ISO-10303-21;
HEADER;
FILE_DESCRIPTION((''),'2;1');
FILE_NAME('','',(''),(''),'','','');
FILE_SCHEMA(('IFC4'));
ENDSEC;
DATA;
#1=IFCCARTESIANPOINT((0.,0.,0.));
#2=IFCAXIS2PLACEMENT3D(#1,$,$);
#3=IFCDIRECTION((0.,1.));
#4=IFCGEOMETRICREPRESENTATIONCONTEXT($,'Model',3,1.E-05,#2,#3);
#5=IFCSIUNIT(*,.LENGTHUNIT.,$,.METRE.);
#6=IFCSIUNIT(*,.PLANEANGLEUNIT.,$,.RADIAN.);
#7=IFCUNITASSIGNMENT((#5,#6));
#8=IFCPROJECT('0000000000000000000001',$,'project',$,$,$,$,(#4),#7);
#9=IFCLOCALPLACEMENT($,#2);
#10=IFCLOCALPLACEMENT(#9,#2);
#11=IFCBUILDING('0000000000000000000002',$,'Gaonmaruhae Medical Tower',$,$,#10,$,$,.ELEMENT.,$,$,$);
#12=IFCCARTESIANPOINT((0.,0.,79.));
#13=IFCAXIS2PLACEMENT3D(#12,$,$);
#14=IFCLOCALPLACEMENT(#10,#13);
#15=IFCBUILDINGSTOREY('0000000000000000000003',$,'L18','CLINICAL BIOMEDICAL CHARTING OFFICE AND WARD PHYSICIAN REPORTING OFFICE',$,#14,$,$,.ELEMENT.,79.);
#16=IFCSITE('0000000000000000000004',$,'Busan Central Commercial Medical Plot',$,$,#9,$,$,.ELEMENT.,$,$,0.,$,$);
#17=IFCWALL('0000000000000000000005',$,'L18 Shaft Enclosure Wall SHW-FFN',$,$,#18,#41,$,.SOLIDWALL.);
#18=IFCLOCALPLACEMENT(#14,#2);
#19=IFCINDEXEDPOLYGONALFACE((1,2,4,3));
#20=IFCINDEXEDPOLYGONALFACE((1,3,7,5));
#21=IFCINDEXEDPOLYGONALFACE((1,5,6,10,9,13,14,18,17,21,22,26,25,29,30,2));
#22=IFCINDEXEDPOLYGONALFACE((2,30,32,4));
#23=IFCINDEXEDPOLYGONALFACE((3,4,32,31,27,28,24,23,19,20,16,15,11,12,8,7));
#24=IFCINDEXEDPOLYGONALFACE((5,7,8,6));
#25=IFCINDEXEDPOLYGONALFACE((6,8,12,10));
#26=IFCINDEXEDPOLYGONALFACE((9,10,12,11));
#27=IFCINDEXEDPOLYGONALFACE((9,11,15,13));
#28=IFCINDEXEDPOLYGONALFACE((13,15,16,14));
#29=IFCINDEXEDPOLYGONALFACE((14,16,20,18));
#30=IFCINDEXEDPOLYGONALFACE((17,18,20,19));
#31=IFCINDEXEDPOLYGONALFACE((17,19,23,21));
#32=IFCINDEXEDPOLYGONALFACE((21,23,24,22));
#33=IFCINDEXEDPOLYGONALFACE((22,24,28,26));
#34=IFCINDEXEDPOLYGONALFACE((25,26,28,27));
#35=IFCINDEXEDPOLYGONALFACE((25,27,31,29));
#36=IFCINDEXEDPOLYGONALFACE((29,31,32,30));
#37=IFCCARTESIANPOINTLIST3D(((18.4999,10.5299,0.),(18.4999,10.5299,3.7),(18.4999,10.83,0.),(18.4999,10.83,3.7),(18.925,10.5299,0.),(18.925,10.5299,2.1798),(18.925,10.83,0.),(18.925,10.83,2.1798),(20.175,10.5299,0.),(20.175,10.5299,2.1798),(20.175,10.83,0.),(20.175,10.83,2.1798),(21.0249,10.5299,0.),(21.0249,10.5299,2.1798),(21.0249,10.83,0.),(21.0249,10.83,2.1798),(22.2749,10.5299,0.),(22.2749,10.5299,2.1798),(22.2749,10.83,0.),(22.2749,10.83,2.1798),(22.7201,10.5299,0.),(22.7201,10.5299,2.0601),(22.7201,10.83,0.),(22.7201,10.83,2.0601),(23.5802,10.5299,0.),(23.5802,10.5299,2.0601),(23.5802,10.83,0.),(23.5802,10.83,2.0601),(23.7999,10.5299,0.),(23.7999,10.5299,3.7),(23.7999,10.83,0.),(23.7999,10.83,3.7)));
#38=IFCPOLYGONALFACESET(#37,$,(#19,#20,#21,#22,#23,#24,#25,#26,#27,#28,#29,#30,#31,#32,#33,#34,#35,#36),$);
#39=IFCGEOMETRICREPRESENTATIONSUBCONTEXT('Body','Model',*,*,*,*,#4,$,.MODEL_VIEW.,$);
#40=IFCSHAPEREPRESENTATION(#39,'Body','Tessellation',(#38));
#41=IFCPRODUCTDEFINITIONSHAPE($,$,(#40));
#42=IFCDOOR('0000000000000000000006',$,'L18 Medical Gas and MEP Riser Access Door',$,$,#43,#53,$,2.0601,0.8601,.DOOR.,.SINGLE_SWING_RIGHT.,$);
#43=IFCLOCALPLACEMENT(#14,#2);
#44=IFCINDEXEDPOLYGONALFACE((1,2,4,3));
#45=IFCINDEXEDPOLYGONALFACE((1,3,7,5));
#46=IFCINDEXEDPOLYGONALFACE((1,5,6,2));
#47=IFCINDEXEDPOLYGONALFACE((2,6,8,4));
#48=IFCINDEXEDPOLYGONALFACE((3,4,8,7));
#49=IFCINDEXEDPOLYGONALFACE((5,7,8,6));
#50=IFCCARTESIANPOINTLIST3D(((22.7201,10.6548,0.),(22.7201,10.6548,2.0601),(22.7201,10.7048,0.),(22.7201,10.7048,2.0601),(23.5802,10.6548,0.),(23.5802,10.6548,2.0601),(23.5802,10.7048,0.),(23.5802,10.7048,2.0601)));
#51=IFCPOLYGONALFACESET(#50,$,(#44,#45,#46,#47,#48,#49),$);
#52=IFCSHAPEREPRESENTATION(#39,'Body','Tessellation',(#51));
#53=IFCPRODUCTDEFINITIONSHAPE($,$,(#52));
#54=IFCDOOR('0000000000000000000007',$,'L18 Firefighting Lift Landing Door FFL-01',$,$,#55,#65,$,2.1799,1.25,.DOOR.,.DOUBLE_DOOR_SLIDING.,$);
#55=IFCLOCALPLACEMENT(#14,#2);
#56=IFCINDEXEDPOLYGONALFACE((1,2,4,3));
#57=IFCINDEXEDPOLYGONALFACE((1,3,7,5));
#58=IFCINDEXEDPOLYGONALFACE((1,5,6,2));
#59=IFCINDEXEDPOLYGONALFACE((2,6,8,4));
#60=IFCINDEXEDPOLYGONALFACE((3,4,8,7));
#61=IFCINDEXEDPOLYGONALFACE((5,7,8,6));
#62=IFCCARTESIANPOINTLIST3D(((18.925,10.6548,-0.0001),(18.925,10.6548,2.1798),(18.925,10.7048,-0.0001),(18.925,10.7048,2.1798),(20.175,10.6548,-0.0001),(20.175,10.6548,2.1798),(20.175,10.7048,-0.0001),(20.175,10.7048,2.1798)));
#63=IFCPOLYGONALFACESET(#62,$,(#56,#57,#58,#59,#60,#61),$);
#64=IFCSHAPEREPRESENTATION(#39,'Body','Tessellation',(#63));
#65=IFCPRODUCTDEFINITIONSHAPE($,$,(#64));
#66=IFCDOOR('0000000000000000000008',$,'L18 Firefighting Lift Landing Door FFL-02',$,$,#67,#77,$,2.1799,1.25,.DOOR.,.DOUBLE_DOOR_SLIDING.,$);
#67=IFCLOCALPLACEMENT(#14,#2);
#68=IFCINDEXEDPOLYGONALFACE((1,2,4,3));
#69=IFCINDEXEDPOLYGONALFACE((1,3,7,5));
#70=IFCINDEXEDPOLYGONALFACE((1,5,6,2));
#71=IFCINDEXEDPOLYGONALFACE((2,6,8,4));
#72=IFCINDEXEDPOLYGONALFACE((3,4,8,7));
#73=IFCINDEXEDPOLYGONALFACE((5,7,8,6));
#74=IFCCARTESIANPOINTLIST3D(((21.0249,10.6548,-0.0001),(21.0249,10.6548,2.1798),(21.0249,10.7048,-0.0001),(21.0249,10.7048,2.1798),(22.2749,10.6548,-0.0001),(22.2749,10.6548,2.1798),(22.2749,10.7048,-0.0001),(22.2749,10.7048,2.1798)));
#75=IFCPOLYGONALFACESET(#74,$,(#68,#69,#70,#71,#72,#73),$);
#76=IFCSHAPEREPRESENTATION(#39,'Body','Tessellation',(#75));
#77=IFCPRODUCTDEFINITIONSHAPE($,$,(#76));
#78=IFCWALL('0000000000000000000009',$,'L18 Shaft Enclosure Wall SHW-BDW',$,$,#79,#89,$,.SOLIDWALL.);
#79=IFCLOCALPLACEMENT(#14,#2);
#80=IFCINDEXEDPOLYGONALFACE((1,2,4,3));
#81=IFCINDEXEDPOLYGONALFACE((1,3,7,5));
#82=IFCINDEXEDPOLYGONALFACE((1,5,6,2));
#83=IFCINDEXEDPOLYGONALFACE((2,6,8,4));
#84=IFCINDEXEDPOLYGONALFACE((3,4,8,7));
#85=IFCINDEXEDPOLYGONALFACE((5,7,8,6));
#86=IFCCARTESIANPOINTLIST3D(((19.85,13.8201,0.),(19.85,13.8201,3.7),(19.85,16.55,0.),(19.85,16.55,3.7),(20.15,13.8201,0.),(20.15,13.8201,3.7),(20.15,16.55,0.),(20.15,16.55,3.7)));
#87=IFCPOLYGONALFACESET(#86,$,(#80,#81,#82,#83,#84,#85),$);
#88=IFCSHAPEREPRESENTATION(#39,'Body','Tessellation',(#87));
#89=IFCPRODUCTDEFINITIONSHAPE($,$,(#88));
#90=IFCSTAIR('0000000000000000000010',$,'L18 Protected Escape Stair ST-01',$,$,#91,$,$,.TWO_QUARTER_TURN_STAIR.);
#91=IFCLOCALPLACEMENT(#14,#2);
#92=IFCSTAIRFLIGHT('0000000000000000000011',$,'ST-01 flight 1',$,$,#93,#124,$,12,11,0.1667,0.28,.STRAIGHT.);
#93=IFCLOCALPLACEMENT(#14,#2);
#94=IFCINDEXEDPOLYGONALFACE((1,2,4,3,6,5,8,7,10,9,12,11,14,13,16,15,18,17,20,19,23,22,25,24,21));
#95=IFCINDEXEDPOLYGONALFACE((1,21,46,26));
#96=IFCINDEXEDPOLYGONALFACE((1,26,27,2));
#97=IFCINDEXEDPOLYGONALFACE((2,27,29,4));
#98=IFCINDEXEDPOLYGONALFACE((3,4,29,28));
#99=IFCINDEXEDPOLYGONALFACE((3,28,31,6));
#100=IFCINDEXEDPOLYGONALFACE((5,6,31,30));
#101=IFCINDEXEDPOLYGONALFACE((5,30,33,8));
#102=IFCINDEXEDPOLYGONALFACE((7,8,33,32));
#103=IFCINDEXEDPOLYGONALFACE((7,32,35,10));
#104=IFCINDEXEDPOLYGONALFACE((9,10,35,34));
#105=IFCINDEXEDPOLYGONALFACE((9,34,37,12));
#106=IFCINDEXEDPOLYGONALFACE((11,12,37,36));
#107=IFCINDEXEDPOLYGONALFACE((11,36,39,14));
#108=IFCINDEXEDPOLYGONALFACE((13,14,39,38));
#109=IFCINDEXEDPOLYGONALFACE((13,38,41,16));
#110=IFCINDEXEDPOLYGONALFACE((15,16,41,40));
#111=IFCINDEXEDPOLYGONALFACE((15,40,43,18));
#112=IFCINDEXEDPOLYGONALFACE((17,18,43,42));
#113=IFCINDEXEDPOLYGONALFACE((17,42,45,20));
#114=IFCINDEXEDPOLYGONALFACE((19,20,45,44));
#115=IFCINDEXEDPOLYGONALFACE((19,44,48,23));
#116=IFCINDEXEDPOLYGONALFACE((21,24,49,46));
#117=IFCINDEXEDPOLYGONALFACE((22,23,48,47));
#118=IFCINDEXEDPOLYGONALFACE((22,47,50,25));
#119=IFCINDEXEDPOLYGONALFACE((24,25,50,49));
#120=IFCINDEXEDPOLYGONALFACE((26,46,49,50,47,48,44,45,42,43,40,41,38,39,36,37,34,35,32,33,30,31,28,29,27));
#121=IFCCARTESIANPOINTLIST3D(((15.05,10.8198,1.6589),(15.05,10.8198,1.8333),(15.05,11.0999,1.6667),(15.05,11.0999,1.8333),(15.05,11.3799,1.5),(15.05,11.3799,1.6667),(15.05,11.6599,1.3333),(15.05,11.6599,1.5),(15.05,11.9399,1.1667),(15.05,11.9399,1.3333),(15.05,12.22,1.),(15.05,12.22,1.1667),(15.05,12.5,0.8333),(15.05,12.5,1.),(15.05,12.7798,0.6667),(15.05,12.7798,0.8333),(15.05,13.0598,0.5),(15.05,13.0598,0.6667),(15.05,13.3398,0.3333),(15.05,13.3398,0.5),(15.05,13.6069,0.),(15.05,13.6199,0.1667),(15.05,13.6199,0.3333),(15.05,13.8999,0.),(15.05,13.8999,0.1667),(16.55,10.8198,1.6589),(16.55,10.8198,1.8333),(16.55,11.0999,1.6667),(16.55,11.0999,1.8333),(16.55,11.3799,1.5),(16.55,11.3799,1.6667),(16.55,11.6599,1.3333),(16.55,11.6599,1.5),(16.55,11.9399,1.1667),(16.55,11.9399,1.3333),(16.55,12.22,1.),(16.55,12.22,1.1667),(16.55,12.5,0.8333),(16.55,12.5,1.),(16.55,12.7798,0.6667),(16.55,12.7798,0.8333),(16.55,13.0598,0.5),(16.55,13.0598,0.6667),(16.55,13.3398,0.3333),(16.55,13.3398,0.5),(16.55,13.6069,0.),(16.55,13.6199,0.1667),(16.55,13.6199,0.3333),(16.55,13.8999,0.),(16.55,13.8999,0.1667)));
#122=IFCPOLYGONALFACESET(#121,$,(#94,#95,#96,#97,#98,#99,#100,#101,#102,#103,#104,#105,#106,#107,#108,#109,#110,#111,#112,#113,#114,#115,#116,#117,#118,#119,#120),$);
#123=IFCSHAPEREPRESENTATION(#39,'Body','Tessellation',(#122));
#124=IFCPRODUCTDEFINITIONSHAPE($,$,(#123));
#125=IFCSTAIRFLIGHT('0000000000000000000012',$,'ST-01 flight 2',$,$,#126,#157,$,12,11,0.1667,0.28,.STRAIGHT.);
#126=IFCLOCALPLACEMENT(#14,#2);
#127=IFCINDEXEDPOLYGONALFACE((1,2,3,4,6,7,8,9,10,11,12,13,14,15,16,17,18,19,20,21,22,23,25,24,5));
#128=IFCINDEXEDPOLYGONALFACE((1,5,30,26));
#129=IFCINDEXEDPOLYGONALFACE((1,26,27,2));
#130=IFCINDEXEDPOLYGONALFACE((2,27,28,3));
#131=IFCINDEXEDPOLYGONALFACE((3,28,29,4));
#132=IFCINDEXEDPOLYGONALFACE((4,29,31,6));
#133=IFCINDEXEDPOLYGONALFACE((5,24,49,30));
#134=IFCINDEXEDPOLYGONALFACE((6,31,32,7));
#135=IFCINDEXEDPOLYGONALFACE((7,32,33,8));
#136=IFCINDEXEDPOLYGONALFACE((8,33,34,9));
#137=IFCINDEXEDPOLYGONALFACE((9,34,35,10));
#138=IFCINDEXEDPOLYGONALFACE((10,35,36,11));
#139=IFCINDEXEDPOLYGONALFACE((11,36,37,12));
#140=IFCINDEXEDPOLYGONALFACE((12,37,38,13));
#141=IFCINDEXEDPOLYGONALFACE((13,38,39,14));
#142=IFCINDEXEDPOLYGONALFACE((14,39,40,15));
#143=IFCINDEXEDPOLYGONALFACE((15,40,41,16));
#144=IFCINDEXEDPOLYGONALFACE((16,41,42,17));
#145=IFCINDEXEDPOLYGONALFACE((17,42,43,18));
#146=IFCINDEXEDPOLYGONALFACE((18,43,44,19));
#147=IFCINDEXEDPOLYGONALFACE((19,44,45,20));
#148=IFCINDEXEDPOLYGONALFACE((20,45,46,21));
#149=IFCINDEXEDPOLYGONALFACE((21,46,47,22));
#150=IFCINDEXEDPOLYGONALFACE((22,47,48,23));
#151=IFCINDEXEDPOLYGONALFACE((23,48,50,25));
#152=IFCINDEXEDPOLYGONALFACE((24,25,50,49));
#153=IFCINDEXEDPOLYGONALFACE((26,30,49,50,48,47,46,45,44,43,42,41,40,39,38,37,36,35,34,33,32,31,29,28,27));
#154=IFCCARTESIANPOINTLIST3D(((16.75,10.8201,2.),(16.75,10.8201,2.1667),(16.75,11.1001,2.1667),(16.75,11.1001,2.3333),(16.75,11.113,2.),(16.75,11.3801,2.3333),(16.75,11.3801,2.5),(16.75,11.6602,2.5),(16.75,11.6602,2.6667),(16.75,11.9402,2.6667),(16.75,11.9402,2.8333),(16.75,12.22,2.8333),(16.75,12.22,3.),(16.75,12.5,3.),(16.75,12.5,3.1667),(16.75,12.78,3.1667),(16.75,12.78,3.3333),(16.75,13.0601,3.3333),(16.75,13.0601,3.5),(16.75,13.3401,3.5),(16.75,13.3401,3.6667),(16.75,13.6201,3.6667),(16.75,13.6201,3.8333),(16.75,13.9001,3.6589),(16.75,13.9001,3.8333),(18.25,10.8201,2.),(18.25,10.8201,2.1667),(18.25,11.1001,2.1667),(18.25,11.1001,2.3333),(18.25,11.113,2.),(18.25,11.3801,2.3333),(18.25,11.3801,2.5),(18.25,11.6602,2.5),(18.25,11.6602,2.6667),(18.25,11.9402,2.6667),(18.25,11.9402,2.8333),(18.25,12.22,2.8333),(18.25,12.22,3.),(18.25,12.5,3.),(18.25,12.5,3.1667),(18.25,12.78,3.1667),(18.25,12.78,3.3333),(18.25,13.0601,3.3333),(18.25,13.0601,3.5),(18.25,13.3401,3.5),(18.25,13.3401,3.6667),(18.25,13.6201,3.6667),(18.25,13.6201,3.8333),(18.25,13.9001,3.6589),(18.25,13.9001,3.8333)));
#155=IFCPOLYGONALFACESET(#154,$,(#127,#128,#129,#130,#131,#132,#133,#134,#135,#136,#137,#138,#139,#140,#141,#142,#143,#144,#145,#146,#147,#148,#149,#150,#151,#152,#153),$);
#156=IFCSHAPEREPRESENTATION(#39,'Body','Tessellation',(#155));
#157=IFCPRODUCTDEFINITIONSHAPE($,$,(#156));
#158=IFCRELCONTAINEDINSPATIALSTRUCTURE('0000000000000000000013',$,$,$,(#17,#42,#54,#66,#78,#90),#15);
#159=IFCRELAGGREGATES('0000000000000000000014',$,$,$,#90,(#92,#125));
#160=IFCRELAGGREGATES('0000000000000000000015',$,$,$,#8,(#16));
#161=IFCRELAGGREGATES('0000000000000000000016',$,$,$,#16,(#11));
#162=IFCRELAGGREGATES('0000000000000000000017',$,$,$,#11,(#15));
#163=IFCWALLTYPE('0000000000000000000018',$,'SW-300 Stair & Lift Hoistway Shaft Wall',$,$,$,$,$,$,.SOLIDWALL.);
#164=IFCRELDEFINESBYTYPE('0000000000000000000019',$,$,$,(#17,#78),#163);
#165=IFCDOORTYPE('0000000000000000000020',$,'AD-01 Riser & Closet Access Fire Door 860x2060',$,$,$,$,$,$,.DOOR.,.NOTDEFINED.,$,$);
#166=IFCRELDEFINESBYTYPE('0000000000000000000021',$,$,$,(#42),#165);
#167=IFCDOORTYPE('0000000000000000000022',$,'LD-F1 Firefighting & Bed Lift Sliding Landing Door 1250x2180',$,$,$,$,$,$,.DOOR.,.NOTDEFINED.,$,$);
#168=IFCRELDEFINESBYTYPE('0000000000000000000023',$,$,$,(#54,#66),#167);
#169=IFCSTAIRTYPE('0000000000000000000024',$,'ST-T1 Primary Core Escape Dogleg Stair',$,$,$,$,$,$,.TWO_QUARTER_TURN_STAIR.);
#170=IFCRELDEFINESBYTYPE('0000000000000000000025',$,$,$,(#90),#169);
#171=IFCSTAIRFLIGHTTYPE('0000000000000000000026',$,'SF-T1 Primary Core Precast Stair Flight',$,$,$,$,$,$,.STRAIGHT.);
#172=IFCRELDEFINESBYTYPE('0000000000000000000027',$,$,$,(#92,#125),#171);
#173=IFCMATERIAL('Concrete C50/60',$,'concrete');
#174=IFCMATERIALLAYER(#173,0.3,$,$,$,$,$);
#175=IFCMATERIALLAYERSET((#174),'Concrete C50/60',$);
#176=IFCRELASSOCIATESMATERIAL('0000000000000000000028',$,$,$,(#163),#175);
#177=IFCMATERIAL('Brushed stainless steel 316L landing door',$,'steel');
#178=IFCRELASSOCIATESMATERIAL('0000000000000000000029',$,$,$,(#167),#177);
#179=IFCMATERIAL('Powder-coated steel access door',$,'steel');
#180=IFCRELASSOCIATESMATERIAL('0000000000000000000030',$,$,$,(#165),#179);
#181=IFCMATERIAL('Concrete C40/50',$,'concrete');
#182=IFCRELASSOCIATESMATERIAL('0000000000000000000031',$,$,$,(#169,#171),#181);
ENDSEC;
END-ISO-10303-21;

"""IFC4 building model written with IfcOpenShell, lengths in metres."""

from ifc_helpers import new_model, si_unit, direction, frame, frame_2d, origin, place, context, subcontext, project, spatial, polyline, rectangle, outline, extrude, material, layer, layer_set, type_object, element, fill, aggregate, save


model = new_model("IFC4")

# Units and contexts
model_context = context("Model", 3, precision=1e-05, world=origin(), true_north=direction((0.0, 1.0)))
body_context = subcontext(model_context, "Body", "Model", "MODEL_VIEW")
ifc_project = project(units=[si_unit("LENGTHUNIT", "METRE"), si_unit("PLANEANGLEUNIT", "RADIAN")], contexts=[model_context])

# Site, building, storey
site_placement = place(None, origin())
site = spatial("IfcSite", under=ifc_project, at=site_placement, Name="Busan Central Commercial Medical Plot", CompositionType="ELEMENT", RefElevation=0.0)
building_placement = place(site_placement, origin())
building = spatial("IfcBuilding", under=site, at=building_placement, Name="Gaonmaruhae Medical Tower", CompositionType="ELEMENT")
storey_placement = place(building_placement, frame((0.0, 0.0, 79.0)))
storey = spatial("IfcBuildingStorey", under=building, at=storey_placement, Name="L18", Description="CLINICAL BIOMEDICAL CHARTING OFFICE AND WARD PHYSICIAN REPORTING OFFICE", CompositionType="ELEMENT", Elevation=79.0)

# Shared definitions
ifc_material_1 = material(Name="Concrete C50/60", Category="concrete")

# Wall, openings, doors
ifc_layer_1 = layer(ifc_material_1, 0.3)
ifc_layer_set_1 = layer_set([ifc_layer_1], Name="Concrete C50/60")
wall_type_1 = type_object("IfcWallType", Name="SW-300 Stair & Lift Hoistway Shaft Wall", PredefinedType="SOLIDWALL", material=ifc_layer_set_1)
ifc_material_2 = material(Name="Brushed stainless steel 316L landing door", Category="steel")
door_type_1 = type_object("IfcDoorType", Name="LD-F1 Firefighting & Bed Lift Sliding Landing Door 1250x2180", OperationType="NOTDEFINED", PredefinedType="DOOR", material=ifc_material_2)
wall_1_placement = place(storey_placement, frame((18.5, 10.6799, 0.0), z_axis=(0.0, 0.0, 1.0), x_axis=(1.0, 0.0, 0.0)))
wall_1 = element("IfcWall", 1, at=wall_1_placement, inside=storey, type_object=wall_type_1, Name="L18 Shaft Enclosure Wall SHW-FFN", PredefinedType="SOLIDWALL", context=body_context, shape_type="SweptSolid", body=[
    extrude(rectangle(XDim=5.3, YDim=0.3, at=frame_2d((2.6499, 0.0))), origin(), (0.0, 0.0, 1.0), 3.7),
])
opening_1_placement = place(wall_1_placement, frame((4.22, 0.0, 0.0)))
opening_1 = element("IfcOpeningElement", 2, at=opening_1_placement, cuts=wall_1, PredefinedType="OPENING", context=body_context, shape_type="SweptSolid", body=[
    extrude(rectangle(XDim=0.8601, YDim=2.0601, at=frame_2d((0.4302, 1.03))), frame((0.0, 0.1602, 0.0), z_axis=(0.0, -1.0, 0.0), x_axis=(1.0, 0.0, 0.0)), (0.0, 0.0, 1.0), 0.3201),
])
opening_2_placement = place(wall_1_placement, frame((0.425, 0.0, 0.0)))
opening_2 = element("IfcOpeningElement", 3, at=opening_2_placement, cuts=wall_1, PredefinedType="OPENING", context=body_context, shape_type="SweptSolid", body=[
    extrude(rectangle(XDim=1.25, YDim=2.1799, at=frame_2d((0.625, 1.0898))), frame((0.0, 0.1602, 0.0), z_axis=(0.0, -1.0, 0.0), x_axis=(1.0, 0.0, 0.0)), (0.0, 0.0, 1.0), 0.3201),
])
opening_3_placement = place(wall_1_placement, frame((2.5249, 0.0, 0.0)))
opening_3 = element("IfcOpeningElement", 4, at=opening_3_placement, cuts=wall_1, PredefinedType="OPENING", context=body_context, shape_type="SweptSolid", body=[
    extrude(rectangle(XDim=1.25, YDim=2.1799, at=frame_2d((0.625, 1.0898))), frame((0.0, 0.1602, 0.0), z_axis=(0.0, -1.0, 0.0), x_axis=(1.0, 0.0, 0.0)), (0.0, 0.0, 1.0), 0.3201),
])
ifc_material_3 = material(Name="Powder-coated steel access door", Category="steel")
door_type_2 = type_object("IfcDoorType", Name="AD-01 Riser & Closet Access Fire Door 860x2060", OperationType="NOTDEFINED", PredefinedType="DOOR", material=ifc_material_3)
door_1_placement = place(opening_1_placement, origin())
door_1 = element("IfcDoor", 5, at=door_1_placement, inside=storey, type_object=door_type_2, Name="L18 Medical Gas and MEP Riser Access Door", OperationType="SINGLE_SWING_RIGHT", OverallHeight=2.0601, OverallWidth=0.8601, PredefinedType="DOOR", context=body_context, shape_type="SweptSolid", body=[
    extrude(rectangle(XDim=0.8601, YDim=2.0601, at=frame_2d((0.4302, 1.03))), frame((0.0, 0.0249, 0.0), z_axis=(0.0, -1.0, 0.0), x_axis=(1.0, 0.0, 0.0)), (0.0, 0.0, 1.0), 0.05),
])
fill(opening_1, door_1)
door_2_placement = place(opening_2_placement, origin())
door_2 = element("IfcDoor", 6, at=door_2_placement, inside=storey, type_object=door_type_1, Name="L18 Firefighting Lift Landing Door FFL-01", OperationType="DOUBLE_DOOR_SLIDING", OverallHeight=2.1799, OverallWidth=1.25, PredefinedType="DOOR", context=body_context, shape_type="SweptSolid", body=[
    extrude(rectangle(XDim=1.25, YDim=2.1799, at=frame_2d((0.625, 1.0898))), frame((0.0, 0.0249, 0.0), z_axis=(0.0, -1.0, 0.0), x_axis=(1.0, 0.0, 0.0)), (0.0, 0.0, 1.0), 0.05),
])
fill(opening_2, door_2)
door_3_placement = place(opening_3_placement, origin())
door_3 = element("IfcDoor", 7, at=door_3_placement, inside=storey, type_object=door_type_1, Name="L18 Firefighting Lift Landing Door FFL-02", OperationType="DOUBLE_DOOR_SLIDING", OverallHeight=2.1799, OverallWidth=1.25, PredefinedType="DOOR", context=body_context, shape_type="SweptSolid", body=[
    extrude(rectangle(XDim=1.25, YDim=2.1799, at=frame_2d((0.625, 1.0898))), frame((0.0, 0.0249, 0.0), z_axis=(0.0, -1.0, 0.0), x_axis=(1.0, 0.0, 0.0)), (0.0, 0.0, 1.0), 0.05),
])
fill(opening_3, door_3)

# Wall
wall_2_placement = place(storey_placement, frame((20.0, 13.8201, 0.0), z_axis=(0.0, 0.0, 1.0), x_axis=(0.0, 1.0, 0.0)))
element("IfcWall", 8, at=wall_2_placement, inside=storey, type_object=wall_type_1, Name="L18 Shaft Enclosure Wall SHW-BDW", PredefinedType="SOLIDWALL", context=body_context, shape_type="SweptSolid", body=[
    extrude(rectangle(XDim=2.73, YDim=0.3, at=frame_2d((1.365, 0.0))), origin(), (0.0, 0.0, 1.0), 3.7),
])

# Stair, stair flights
ifc_material_4 = material(Name="Concrete C40/50", Category="concrete")
stair_type = type_object("IfcStairType", Name="ST-T1 Primary Core Escape Dogleg Stair", PredefinedType="TWO_QUARTER_TURN_STAIR", material=ifc_material_4)
stair_placement = place(storey_placement, origin())
stair = element("IfcStair", 9, at=stair_placement, inside=storey, type_object=stair_type, Name="L18 Protected Escape Stair ST-01", PredefinedType="TWO_QUARTER_TURN_STAIR")
stair_flight_type = type_object("IfcStairFlightType", Name="SF-T1 Primary Core Precast Stair Flight", PredefinedType="STRAIGHT", material=ifc_material_4)
stair_flight_1_placement = place(storey_placement, frame((15.8, 13.8999, 0.0), z_axis=(0.0, 0.0, 1.0), x_axis=(0.0, -1.0, 0.0)))
stair_flight_1 = element("IfcStairFlight", 10, at=stair_flight_1_placement, type_object=stair_flight_type, Name="ST-01 flight 1", NumberOfRisers=12, NumberOfTreads=11, PredefinedType="STRAIGHT", RiserHeight=0.1667, TreadLength=0.28, context=body_context, shape_type="SweptSolid", body=[
    extrude(outline(polyline([(0.0, 0.0), (0.0, 0.1667), (0.28, 0.1667), (0.28, 0.3333), (0.5601, 0.3333), (0.5601, 0.5), (0.8401, 0.5), (0.8401, 0.6667), (1.1201, 0.6667), (1.1201, 0.8333), (1.3999, 0.8333), (1.3999, 1.0), (1.6799, 1.0), (1.6799, 1.1667), (1.96, 1.1667), (1.96, 1.3333), (2.24, 1.3333), (2.24, 1.5), (2.52, 1.5), (2.52, 1.6667), (2.8, 1.6667), (2.8, 1.8333), (3.0801, 1.8333), (3.0801, 2.0), (3.0801, 1.6589), (0.293, 0.0), (0.0, 0.0)])), frame((0.0, 0.75, 0.0), z_axis=(0.0, -1.0, 0.0), x_axis=(1.0, 0.0, 0.0)), (0.0, 0.0, 1.0), 1.5),
])
stair_flight_2_placement = place(storey_placement, frame((17.5, 10.8201, 2.0), z_axis=(0.0, 0.0, 1.0), x_axis=(0.0, 1.0, 0.0)))
stair_flight_2 = element("IfcStairFlight", 11, at=stair_flight_2_placement, type_object=stair_flight_type, Name="ST-01 flight 2", NumberOfRisers=12, NumberOfTreads=11, PredefinedType="STRAIGHT", RiserHeight=0.1667, TreadLength=0.28, context=body_context, shape_type="SweptSolid", body=[
    extrude(outline(polyline([(0.0, 0.0), (0.0, 0.1667), (0.28, 0.1667), (0.28, 0.3333), (0.5601, 0.3333), (0.5601, 0.5), (0.8401, 0.5), (0.8401, 0.6667), (1.1201, 0.6667), (1.1201, 0.8333), (1.3999, 0.8333), (1.3999, 1.0), (1.6799, 1.0), (1.6799, 1.1667), (1.96, 1.1667), (1.96, 1.3333), (2.24, 1.3333), (2.24, 1.5), (2.52, 1.5), (2.52, 1.6667), (2.8, 1.6667), (2.8, 1.8333), (3.0801, 1.8333), (3.0801, 2.0), (3.0801, 1.6589), (0.293, 0.0), (0.0, 0.0)])), frame((0.0, 0.75, 0.0), z_axis=(0.0, -1.0, 0.0), x_axis=(1.0, 0.0, 0.0)), (0.0, 0.0, 1.0), 1.5),
])
aggregate(stair, [stair_flight_1, stair_flight_2])

save(model, "model.ifc")
